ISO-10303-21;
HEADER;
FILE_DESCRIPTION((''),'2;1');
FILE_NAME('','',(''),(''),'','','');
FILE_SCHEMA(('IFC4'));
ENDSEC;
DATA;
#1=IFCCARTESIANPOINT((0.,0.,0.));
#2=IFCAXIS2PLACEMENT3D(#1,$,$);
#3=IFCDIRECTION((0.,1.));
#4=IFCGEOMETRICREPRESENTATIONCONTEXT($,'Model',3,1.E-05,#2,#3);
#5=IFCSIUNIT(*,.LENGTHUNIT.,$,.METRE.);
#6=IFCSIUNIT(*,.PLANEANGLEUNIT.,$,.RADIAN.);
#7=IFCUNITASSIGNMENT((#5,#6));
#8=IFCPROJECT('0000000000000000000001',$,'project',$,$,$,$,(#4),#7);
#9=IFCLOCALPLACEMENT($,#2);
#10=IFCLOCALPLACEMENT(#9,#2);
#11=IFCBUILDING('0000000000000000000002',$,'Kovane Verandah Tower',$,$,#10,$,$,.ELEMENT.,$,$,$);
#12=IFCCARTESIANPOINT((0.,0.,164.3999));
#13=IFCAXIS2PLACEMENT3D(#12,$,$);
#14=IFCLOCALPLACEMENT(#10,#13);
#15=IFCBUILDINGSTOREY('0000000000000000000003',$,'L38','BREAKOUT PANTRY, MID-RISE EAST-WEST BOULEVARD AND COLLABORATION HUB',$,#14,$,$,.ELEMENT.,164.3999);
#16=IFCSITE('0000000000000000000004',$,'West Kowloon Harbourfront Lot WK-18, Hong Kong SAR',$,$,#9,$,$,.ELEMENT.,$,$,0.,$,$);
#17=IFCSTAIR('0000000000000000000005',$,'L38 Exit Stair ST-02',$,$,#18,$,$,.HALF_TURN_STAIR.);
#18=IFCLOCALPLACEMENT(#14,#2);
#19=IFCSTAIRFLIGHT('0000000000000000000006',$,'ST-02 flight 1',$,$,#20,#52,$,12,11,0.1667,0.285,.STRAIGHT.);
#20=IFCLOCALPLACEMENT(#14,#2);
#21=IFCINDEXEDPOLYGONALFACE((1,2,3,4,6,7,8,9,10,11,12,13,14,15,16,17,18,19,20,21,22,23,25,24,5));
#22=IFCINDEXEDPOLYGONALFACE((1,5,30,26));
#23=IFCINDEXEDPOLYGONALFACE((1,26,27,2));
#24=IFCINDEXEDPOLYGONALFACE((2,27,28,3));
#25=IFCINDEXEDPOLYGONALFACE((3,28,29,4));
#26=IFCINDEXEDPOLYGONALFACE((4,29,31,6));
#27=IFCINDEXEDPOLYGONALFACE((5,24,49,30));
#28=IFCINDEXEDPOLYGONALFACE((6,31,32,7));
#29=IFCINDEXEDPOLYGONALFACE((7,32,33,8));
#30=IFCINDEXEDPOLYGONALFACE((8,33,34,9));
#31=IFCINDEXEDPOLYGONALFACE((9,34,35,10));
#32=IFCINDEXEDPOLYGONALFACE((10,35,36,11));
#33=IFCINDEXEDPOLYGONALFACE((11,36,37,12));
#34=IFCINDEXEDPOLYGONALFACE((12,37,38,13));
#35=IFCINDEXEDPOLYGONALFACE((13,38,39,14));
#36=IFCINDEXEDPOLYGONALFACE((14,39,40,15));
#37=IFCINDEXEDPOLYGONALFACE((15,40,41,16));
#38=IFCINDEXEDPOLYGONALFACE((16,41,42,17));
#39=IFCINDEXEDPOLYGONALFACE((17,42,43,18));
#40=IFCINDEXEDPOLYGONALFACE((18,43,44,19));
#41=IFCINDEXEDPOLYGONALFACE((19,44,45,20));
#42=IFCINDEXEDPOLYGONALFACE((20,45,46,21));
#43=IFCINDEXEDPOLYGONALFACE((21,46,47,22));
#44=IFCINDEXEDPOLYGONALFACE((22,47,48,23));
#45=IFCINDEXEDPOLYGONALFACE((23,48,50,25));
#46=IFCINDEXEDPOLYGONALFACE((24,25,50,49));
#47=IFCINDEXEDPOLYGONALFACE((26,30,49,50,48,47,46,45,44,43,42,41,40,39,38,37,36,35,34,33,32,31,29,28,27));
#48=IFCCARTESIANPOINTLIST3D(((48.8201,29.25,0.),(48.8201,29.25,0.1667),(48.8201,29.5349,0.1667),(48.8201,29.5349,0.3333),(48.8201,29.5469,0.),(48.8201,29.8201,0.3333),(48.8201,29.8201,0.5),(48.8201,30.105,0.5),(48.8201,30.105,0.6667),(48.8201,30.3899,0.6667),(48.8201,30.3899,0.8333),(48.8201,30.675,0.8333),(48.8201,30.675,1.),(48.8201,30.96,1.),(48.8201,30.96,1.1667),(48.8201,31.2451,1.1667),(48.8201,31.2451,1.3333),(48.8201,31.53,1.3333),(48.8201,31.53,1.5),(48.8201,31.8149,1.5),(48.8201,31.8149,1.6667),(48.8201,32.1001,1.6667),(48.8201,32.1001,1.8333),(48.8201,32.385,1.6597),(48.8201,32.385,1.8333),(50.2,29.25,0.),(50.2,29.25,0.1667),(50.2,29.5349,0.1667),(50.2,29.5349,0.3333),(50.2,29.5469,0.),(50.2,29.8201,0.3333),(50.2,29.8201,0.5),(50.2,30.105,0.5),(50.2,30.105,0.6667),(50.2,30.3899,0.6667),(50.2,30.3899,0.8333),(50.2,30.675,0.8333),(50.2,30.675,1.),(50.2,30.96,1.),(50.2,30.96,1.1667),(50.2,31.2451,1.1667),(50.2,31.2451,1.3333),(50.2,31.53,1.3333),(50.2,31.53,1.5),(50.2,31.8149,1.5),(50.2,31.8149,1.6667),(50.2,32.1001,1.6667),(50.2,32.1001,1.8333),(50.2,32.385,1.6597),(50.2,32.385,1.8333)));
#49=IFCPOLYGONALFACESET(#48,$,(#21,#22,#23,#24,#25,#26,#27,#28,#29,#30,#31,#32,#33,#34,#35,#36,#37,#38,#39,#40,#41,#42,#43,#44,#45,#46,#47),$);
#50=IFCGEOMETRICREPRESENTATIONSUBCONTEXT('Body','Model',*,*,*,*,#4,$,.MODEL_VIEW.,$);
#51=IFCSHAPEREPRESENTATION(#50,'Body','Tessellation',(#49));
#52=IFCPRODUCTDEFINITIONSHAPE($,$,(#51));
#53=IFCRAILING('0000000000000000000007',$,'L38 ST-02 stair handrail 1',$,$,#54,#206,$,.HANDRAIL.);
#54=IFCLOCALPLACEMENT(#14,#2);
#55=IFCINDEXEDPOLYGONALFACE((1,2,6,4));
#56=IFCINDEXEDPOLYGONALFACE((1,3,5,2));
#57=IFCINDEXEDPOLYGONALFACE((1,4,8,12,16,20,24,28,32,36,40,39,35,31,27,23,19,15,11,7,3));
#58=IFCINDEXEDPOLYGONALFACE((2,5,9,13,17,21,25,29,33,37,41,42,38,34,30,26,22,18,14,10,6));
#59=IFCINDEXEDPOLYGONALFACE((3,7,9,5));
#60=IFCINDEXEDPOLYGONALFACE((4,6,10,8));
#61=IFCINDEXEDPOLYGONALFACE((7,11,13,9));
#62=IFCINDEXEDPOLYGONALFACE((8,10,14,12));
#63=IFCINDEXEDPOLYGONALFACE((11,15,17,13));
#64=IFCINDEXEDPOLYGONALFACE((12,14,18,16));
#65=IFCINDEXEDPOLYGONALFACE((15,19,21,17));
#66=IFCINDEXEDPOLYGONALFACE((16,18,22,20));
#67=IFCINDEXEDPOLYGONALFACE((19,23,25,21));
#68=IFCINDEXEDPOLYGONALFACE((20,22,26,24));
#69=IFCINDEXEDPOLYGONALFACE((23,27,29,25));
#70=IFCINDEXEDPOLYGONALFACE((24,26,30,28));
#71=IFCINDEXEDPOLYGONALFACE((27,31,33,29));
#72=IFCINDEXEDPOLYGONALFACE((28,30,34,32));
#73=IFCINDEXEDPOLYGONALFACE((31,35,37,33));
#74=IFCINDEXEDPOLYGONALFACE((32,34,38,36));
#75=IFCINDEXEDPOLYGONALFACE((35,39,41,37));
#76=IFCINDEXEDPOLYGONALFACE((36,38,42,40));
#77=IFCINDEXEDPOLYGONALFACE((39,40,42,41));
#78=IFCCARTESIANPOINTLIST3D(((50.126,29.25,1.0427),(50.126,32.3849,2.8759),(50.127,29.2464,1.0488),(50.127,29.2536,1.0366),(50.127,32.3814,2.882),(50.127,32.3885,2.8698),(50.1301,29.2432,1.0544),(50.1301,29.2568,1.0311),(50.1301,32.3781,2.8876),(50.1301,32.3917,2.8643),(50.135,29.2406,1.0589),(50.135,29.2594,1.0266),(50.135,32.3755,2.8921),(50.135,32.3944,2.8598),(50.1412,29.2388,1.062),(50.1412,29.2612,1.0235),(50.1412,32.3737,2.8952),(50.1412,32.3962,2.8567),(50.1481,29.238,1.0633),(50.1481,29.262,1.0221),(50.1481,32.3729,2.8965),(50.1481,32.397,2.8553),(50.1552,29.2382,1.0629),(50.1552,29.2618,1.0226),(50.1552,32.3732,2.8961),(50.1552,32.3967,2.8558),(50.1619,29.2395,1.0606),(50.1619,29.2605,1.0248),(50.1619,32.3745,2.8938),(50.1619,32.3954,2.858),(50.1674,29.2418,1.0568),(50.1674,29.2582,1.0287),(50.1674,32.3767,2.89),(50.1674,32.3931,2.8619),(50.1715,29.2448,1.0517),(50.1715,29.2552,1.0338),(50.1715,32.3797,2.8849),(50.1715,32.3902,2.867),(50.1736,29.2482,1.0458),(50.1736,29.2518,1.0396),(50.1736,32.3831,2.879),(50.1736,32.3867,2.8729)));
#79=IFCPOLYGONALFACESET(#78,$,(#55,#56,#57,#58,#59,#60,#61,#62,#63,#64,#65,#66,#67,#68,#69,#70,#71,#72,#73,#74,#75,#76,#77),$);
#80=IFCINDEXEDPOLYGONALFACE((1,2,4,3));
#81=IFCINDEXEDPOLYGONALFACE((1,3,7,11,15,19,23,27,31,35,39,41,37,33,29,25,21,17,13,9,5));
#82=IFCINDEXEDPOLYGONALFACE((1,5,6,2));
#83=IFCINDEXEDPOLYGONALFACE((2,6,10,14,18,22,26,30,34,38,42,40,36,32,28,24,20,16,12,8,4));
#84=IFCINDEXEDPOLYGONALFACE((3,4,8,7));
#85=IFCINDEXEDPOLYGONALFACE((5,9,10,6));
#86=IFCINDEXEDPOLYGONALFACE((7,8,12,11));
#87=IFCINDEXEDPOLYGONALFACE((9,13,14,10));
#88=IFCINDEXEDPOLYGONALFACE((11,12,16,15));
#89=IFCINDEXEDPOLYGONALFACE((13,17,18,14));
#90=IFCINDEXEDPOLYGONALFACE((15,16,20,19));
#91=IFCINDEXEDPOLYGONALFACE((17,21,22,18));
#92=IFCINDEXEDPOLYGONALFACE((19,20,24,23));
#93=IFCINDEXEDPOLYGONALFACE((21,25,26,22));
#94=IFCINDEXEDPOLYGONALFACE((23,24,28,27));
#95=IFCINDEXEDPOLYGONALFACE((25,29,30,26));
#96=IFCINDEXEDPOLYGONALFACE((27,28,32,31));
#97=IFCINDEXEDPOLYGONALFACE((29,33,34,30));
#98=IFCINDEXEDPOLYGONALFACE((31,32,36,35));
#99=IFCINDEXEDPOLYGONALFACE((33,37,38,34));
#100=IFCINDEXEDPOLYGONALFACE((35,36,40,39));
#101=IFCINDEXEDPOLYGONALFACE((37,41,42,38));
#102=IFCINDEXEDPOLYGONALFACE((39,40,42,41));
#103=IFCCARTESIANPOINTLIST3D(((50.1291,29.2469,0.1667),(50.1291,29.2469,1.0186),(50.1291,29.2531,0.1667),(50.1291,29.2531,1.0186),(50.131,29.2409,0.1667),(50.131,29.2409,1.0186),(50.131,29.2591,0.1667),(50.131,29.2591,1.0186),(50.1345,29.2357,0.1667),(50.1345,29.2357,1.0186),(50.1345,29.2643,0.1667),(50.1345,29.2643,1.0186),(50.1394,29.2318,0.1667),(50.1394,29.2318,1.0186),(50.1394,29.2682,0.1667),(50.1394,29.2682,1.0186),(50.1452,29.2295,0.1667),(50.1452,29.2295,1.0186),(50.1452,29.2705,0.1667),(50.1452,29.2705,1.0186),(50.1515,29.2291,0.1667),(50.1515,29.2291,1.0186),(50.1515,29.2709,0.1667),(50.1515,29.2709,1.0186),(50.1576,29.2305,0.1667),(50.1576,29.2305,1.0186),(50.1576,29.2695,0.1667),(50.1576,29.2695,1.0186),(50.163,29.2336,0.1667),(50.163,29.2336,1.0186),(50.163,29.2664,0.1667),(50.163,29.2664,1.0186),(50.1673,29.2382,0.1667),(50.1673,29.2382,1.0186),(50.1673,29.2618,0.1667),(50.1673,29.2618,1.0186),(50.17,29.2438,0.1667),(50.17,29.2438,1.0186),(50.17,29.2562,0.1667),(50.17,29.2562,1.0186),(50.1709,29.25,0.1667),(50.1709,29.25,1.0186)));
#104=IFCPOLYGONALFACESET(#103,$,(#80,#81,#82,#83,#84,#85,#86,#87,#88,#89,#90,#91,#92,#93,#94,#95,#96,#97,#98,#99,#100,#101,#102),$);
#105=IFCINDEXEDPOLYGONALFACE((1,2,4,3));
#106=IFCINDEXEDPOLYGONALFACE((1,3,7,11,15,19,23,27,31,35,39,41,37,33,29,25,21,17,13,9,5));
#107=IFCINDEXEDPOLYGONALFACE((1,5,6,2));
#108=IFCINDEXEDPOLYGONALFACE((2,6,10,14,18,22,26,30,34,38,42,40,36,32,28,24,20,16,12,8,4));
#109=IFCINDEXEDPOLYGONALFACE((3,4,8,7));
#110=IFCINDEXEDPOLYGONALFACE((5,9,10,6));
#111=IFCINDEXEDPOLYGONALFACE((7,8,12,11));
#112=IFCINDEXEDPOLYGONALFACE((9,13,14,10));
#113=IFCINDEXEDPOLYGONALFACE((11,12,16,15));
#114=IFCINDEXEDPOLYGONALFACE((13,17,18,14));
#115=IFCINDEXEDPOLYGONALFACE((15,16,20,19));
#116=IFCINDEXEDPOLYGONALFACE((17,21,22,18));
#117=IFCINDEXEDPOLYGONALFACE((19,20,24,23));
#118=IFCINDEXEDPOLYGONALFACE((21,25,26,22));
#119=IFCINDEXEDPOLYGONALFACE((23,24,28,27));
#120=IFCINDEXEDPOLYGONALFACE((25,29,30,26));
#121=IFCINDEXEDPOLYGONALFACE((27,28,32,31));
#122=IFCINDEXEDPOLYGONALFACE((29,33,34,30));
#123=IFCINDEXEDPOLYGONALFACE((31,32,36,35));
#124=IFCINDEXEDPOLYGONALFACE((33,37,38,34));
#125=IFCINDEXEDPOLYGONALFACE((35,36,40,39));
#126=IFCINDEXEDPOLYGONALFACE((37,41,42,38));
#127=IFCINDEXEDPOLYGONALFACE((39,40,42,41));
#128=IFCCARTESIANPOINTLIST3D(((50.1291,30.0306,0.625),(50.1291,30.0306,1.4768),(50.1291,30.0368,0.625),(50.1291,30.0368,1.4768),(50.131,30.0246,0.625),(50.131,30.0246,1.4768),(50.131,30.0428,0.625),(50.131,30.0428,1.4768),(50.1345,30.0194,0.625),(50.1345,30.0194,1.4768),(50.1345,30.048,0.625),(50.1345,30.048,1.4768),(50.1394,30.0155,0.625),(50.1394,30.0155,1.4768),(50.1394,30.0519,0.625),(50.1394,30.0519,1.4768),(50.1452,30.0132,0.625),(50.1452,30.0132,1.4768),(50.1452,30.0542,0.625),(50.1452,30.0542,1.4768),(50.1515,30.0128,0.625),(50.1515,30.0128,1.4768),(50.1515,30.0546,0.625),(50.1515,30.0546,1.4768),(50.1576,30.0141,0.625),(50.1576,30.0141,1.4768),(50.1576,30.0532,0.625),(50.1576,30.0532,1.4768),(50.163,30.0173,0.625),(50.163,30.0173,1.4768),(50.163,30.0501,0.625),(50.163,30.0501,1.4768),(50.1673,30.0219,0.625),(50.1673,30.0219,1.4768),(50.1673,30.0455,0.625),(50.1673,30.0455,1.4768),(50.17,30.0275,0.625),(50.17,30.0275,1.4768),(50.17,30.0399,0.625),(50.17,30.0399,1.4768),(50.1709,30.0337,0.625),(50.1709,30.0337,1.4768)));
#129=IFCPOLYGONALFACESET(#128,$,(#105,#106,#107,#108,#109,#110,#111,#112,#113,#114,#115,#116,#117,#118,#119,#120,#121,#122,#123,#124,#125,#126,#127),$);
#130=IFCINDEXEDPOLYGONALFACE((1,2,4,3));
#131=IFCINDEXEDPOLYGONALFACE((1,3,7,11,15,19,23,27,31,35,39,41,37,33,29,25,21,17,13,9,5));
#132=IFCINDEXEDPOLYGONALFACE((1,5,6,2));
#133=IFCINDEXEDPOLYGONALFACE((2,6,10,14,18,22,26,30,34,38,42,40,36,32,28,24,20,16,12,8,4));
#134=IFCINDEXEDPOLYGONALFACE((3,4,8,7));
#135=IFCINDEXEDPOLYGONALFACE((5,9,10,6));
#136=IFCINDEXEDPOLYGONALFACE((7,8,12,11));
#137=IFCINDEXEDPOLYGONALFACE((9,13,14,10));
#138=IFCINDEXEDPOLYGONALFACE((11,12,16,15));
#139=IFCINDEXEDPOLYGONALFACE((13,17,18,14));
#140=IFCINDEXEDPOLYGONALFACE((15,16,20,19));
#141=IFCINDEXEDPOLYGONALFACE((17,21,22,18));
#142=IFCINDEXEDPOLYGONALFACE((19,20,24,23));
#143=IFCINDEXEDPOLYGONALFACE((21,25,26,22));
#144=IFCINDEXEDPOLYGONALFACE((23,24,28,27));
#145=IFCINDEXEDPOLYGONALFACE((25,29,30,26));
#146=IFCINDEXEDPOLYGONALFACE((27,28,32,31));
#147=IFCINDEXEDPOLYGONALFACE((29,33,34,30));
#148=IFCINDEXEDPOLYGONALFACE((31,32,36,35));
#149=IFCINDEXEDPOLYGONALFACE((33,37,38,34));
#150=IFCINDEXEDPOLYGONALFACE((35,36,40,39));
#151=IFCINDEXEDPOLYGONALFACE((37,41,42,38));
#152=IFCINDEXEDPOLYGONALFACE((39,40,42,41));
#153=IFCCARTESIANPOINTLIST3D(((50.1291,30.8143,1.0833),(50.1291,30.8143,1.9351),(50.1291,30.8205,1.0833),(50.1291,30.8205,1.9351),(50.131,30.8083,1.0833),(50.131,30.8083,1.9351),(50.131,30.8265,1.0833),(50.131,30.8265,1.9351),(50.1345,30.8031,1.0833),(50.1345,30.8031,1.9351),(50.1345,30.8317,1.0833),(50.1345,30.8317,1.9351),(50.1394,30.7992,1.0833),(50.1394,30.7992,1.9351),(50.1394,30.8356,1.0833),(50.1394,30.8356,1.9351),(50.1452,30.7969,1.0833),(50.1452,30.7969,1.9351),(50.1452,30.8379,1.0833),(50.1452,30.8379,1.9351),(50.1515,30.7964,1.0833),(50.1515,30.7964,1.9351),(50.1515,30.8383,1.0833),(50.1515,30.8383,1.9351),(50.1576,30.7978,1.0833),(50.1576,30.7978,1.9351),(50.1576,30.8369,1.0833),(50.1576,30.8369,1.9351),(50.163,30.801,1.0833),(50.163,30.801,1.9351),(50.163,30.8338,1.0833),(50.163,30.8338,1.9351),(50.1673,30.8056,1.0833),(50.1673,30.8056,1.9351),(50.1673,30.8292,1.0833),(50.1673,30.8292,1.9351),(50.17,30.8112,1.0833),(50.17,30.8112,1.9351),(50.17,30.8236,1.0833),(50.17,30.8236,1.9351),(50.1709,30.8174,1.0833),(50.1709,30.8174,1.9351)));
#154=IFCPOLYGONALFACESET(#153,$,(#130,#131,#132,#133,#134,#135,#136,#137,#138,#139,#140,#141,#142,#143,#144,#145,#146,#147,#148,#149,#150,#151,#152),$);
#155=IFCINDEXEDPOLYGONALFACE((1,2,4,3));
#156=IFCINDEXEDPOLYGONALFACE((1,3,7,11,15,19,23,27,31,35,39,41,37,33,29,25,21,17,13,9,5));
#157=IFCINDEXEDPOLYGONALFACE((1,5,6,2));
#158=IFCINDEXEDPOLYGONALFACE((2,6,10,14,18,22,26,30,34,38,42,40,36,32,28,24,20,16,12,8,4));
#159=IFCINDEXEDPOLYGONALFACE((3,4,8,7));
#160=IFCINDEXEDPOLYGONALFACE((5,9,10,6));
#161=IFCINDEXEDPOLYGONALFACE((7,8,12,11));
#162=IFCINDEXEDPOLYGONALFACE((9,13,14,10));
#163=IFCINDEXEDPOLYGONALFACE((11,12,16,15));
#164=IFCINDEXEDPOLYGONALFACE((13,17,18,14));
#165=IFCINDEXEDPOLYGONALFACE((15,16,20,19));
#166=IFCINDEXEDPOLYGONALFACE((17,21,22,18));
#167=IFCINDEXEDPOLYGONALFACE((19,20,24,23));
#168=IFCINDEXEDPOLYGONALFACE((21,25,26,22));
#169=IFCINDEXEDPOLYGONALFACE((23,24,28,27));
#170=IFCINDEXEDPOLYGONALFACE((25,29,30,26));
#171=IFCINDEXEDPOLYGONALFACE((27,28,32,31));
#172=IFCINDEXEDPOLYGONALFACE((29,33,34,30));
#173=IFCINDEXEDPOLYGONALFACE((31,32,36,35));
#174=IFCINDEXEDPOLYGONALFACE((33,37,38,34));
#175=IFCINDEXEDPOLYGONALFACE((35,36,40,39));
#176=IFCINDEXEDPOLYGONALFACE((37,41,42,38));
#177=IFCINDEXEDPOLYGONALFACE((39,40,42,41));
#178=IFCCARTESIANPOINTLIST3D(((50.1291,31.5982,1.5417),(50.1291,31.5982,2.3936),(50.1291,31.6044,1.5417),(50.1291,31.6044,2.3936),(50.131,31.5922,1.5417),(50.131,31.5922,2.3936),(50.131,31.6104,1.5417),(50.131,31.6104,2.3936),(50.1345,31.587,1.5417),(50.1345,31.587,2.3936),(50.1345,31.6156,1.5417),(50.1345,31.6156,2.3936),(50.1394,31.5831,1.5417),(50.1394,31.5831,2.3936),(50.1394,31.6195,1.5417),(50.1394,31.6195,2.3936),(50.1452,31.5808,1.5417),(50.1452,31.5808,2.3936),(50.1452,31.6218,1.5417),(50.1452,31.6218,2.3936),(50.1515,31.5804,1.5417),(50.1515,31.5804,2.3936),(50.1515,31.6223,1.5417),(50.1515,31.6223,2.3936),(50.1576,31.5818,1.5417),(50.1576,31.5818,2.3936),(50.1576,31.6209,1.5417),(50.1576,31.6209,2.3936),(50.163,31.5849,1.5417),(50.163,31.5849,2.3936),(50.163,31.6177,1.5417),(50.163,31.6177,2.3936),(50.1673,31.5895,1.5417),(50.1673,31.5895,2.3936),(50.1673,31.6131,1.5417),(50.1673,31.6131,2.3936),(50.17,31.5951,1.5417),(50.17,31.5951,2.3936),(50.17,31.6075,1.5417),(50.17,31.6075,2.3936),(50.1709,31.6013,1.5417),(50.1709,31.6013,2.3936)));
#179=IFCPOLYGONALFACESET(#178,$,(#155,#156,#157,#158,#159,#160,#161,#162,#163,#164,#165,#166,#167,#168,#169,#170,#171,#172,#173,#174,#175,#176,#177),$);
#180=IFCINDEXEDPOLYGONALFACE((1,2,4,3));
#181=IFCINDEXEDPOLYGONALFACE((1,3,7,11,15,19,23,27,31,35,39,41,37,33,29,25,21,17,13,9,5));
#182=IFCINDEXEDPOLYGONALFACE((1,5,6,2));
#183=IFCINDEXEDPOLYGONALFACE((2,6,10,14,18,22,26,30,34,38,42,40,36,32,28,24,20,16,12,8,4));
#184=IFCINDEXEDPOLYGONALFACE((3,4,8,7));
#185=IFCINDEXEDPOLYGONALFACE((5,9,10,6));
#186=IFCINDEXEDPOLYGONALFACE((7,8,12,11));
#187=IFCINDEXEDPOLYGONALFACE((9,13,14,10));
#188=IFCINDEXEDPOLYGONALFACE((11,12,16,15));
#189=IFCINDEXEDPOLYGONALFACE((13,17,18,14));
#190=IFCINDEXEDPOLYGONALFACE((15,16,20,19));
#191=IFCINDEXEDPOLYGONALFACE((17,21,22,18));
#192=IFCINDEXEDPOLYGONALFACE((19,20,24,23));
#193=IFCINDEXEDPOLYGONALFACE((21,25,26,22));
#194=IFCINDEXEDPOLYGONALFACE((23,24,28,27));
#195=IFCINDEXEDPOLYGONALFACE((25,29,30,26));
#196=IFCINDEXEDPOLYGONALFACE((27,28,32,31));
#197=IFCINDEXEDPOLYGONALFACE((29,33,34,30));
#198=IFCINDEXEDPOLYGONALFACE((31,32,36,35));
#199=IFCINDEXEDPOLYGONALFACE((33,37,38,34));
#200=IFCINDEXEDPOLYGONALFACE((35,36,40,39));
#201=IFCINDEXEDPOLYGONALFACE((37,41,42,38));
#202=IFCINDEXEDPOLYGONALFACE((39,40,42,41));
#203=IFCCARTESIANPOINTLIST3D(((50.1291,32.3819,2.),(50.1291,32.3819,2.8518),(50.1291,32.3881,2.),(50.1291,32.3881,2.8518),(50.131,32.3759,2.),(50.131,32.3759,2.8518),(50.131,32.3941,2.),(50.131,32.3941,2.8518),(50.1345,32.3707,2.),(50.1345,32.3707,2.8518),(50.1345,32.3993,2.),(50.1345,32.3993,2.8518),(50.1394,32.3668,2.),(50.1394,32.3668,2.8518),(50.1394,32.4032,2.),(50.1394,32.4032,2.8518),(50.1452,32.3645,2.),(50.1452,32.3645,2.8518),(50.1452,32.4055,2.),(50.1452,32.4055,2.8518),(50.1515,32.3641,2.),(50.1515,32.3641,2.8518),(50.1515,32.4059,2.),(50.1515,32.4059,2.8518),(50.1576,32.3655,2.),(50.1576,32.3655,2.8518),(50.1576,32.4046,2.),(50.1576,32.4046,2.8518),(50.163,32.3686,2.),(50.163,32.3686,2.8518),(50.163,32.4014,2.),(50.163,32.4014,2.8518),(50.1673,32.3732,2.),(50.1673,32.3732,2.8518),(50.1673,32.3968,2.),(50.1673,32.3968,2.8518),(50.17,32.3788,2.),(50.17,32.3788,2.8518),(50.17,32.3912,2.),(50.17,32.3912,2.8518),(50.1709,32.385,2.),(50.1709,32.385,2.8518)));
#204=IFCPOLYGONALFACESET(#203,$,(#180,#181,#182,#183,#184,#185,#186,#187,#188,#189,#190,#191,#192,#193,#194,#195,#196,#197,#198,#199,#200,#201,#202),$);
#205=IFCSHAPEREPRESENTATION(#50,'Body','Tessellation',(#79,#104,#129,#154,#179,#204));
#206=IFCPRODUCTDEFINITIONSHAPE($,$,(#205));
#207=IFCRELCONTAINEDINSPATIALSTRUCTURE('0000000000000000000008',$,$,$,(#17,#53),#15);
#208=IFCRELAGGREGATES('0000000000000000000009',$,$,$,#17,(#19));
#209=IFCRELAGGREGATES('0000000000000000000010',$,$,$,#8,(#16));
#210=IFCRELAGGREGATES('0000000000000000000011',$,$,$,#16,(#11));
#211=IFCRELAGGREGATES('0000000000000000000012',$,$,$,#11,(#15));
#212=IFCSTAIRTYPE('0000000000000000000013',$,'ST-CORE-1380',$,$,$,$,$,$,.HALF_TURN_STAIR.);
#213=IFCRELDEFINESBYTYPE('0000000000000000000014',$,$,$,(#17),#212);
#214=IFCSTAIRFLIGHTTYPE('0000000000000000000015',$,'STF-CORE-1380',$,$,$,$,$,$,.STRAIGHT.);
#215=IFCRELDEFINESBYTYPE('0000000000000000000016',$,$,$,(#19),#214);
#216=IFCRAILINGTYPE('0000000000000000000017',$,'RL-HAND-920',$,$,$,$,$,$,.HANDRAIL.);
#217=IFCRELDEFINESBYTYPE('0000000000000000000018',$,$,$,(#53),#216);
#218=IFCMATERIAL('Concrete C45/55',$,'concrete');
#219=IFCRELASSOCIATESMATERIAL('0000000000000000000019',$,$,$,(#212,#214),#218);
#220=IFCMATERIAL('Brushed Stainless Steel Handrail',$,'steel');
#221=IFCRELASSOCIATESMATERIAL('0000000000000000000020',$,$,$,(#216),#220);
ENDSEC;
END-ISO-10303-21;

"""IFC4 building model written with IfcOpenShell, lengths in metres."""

from ifc_helpers import new_model, si_unit, direction, frame, origin, origin_2d, place, context, subcontext, project, spatial, polyline, circle, outline, extrude, material, type_object, element, aggregate, save


model = new_model("IFC4")

# Units and contexts
model_context = context("Model", 3, precision=1e-05, world=origin(), true_north=direction((0.0, 1.0)))
body_context = subcontext(model_context, "Body", "Model", "MODEL_VIEW")
ifc_project = project(units=[si_unit("LENGTHUNIT", "METRE"), si_unit("PLANEANGLEUNIT", "RADIAN")], contexts=[model_context])

# Site, building, storey
site_placement = place(None, origin())
site = spatial("IfcSite", under=ifc_project, at=site_placement, Name="West Kowloon Harbourfront Lot WK-18, Hong Kong SAR", CompositionType="ELEMENT", RefElevation=0.0)
building_placement = place(site_placement, origin())
building = spatial("IfcBuilding", under=site, at=building_placement, Name="Kovane Verandah Tower", CompositionType="ELEMENT")
storey_placement = place(building_placement, frame((0.0, 0.0, 164.3999)))
storey = spatial("IfcBuildingStorey", under=building, at=storey_placement, Name="L38", Description="BREAKOUT PANTRY, MID-RISE EAST-WEST BOULEVARD AND COLLABORATION HUB", CompositionType="ELEMENT", Elevation=164.3999)

# Shared definitions
ifc_material_1 = material(Name="Concrete C45/55", Category="concrete")

# Stair, stair flight
stair_type = type_object("IfcStairType", Name="ST-CORE-1380", PredefinedType="HALF_TURN_STAIR", material=ifc_material_1)
stair_placement = place(storey_placement, origin())
stair = element("IfcStair", 1, at=stair_placement, inside=storey, type_object=stair_type, Name="L38 Exit Stair ST-02", PredefinedType="HALF_TURN_STAIR")
stair_flight_type = type_object("IfcStairFlightType", Name="STF-CORE-1380", PredefinedType="STRAIGHT", material=ifc_material_1)
stair_flight_placement = place(storey_placement, frame((49.51, 29.25, 0.0), z_axis=(0.0, 0.0, 1.0), x_axis=(0.0, 1.0, 0.0)))
stair_flight = element("IfcStairFlight", 2, at=stair_flight_placement, type_object=stair_flight_type, Name="ST-02 flight 1", NumberOfRisers=12, NumberOfTreads=11, PredefinedType="STRAIGHT", RiserHeight=0.1667, TreadLength=0.285, context=body_context, shape_type="SweptSolid", body=[
    extrude(outline(polyline([(0.0, 0.0), (0.0, 0.1667), (0.2849, 0.1667), (0.2849, 0.3333), (0.5701, 0.3333), (0.5701, 0.5), (0.855, 0.5), (0.855, 0.6667), (1.1399, 0.6667), (1.1399, 0.8333), (1.425, 0.8333), (1.425, 1.0), (1.71, 1.0), (1.71, 1.1667), (1.9951, 1.1667), (1.9951, 1.3333), (2.28, 1.3333), (2.28, 1.5), (2.5649, 1.5), (2.5649, 1.6667), (2.8501, 1.6667), (2.8501, 1.8333), (3.135, 1.8333), (3.135, 2.0), (3.135, 1.6597), (0.2969, 0.0), (0.0, 0.0)])), frame((0.0, 0.6899, 0.0), z_axis=(0.0, -1.0, 0.0), x_axis=(1.0, 0.0, 0.0)), (0.0, 0.0, 1.0), 1.3799),
])
aggregate(stair, [stair_flight])

# Railing
ifc_material_2 = material(Name="Brushed Stainless Steel Handrail", Category="steel")
railing_type_1 = type_object("IfcRailingType", Name="RL-HAND-920", PredefinedType="HANDRAIL", material=ifc_material_2)
railing_1_placement = place(storey_placement, frame((50.1499, 29.25, 0.1667)))
element("IfcRailing", 3, at=railing_1_placement, inside=storey, type_object=railing_type_1, Name="L38 ST-02 stair handrail 1", PredefinedType="HANDRAIL", context=body_context, shape_type="SweptSolid", body=[
    extrude(circle(Radius=0.0239, at=origin_2d()), frame((0.0, 0.0, 0.876), z_axis=(0.0, 0.86324, 0.504794), x_axis=(-1.0, 0.0, 0.0)), (0.0, 0.0, 1.0), 3.6316),
    extrude(circle(Radius=0.021, at=origin_2d()), origin(), (0.0, 0.0, 1.0), 0.8518),
    extrude(circle(Radius=0.021, at=origin_2d()), frame((0.0, 0.7837, 0.4583)), (0.0, 0.0, 1.0), 0.8518),
    extrude(circle(Radius=0.021, at=origin_2d()), frame((0.0, 1.5674, 0.9165)), (0.0, 0.0, 1.0), 0.8518),
    extrude(circle(Radius=0.021, at=origin_2d()), frame((0.0, 2.3513, 1.375)), (0.0, 0.0, 1.0), 0.8518),
    extrude(circle(Radius=0.021, at=origin_2d()), frame((0.0, 3.135, 1.8333)), (0.0, 0.0, 1.0), 0.8518),
])

save(model, "model.ifc")
